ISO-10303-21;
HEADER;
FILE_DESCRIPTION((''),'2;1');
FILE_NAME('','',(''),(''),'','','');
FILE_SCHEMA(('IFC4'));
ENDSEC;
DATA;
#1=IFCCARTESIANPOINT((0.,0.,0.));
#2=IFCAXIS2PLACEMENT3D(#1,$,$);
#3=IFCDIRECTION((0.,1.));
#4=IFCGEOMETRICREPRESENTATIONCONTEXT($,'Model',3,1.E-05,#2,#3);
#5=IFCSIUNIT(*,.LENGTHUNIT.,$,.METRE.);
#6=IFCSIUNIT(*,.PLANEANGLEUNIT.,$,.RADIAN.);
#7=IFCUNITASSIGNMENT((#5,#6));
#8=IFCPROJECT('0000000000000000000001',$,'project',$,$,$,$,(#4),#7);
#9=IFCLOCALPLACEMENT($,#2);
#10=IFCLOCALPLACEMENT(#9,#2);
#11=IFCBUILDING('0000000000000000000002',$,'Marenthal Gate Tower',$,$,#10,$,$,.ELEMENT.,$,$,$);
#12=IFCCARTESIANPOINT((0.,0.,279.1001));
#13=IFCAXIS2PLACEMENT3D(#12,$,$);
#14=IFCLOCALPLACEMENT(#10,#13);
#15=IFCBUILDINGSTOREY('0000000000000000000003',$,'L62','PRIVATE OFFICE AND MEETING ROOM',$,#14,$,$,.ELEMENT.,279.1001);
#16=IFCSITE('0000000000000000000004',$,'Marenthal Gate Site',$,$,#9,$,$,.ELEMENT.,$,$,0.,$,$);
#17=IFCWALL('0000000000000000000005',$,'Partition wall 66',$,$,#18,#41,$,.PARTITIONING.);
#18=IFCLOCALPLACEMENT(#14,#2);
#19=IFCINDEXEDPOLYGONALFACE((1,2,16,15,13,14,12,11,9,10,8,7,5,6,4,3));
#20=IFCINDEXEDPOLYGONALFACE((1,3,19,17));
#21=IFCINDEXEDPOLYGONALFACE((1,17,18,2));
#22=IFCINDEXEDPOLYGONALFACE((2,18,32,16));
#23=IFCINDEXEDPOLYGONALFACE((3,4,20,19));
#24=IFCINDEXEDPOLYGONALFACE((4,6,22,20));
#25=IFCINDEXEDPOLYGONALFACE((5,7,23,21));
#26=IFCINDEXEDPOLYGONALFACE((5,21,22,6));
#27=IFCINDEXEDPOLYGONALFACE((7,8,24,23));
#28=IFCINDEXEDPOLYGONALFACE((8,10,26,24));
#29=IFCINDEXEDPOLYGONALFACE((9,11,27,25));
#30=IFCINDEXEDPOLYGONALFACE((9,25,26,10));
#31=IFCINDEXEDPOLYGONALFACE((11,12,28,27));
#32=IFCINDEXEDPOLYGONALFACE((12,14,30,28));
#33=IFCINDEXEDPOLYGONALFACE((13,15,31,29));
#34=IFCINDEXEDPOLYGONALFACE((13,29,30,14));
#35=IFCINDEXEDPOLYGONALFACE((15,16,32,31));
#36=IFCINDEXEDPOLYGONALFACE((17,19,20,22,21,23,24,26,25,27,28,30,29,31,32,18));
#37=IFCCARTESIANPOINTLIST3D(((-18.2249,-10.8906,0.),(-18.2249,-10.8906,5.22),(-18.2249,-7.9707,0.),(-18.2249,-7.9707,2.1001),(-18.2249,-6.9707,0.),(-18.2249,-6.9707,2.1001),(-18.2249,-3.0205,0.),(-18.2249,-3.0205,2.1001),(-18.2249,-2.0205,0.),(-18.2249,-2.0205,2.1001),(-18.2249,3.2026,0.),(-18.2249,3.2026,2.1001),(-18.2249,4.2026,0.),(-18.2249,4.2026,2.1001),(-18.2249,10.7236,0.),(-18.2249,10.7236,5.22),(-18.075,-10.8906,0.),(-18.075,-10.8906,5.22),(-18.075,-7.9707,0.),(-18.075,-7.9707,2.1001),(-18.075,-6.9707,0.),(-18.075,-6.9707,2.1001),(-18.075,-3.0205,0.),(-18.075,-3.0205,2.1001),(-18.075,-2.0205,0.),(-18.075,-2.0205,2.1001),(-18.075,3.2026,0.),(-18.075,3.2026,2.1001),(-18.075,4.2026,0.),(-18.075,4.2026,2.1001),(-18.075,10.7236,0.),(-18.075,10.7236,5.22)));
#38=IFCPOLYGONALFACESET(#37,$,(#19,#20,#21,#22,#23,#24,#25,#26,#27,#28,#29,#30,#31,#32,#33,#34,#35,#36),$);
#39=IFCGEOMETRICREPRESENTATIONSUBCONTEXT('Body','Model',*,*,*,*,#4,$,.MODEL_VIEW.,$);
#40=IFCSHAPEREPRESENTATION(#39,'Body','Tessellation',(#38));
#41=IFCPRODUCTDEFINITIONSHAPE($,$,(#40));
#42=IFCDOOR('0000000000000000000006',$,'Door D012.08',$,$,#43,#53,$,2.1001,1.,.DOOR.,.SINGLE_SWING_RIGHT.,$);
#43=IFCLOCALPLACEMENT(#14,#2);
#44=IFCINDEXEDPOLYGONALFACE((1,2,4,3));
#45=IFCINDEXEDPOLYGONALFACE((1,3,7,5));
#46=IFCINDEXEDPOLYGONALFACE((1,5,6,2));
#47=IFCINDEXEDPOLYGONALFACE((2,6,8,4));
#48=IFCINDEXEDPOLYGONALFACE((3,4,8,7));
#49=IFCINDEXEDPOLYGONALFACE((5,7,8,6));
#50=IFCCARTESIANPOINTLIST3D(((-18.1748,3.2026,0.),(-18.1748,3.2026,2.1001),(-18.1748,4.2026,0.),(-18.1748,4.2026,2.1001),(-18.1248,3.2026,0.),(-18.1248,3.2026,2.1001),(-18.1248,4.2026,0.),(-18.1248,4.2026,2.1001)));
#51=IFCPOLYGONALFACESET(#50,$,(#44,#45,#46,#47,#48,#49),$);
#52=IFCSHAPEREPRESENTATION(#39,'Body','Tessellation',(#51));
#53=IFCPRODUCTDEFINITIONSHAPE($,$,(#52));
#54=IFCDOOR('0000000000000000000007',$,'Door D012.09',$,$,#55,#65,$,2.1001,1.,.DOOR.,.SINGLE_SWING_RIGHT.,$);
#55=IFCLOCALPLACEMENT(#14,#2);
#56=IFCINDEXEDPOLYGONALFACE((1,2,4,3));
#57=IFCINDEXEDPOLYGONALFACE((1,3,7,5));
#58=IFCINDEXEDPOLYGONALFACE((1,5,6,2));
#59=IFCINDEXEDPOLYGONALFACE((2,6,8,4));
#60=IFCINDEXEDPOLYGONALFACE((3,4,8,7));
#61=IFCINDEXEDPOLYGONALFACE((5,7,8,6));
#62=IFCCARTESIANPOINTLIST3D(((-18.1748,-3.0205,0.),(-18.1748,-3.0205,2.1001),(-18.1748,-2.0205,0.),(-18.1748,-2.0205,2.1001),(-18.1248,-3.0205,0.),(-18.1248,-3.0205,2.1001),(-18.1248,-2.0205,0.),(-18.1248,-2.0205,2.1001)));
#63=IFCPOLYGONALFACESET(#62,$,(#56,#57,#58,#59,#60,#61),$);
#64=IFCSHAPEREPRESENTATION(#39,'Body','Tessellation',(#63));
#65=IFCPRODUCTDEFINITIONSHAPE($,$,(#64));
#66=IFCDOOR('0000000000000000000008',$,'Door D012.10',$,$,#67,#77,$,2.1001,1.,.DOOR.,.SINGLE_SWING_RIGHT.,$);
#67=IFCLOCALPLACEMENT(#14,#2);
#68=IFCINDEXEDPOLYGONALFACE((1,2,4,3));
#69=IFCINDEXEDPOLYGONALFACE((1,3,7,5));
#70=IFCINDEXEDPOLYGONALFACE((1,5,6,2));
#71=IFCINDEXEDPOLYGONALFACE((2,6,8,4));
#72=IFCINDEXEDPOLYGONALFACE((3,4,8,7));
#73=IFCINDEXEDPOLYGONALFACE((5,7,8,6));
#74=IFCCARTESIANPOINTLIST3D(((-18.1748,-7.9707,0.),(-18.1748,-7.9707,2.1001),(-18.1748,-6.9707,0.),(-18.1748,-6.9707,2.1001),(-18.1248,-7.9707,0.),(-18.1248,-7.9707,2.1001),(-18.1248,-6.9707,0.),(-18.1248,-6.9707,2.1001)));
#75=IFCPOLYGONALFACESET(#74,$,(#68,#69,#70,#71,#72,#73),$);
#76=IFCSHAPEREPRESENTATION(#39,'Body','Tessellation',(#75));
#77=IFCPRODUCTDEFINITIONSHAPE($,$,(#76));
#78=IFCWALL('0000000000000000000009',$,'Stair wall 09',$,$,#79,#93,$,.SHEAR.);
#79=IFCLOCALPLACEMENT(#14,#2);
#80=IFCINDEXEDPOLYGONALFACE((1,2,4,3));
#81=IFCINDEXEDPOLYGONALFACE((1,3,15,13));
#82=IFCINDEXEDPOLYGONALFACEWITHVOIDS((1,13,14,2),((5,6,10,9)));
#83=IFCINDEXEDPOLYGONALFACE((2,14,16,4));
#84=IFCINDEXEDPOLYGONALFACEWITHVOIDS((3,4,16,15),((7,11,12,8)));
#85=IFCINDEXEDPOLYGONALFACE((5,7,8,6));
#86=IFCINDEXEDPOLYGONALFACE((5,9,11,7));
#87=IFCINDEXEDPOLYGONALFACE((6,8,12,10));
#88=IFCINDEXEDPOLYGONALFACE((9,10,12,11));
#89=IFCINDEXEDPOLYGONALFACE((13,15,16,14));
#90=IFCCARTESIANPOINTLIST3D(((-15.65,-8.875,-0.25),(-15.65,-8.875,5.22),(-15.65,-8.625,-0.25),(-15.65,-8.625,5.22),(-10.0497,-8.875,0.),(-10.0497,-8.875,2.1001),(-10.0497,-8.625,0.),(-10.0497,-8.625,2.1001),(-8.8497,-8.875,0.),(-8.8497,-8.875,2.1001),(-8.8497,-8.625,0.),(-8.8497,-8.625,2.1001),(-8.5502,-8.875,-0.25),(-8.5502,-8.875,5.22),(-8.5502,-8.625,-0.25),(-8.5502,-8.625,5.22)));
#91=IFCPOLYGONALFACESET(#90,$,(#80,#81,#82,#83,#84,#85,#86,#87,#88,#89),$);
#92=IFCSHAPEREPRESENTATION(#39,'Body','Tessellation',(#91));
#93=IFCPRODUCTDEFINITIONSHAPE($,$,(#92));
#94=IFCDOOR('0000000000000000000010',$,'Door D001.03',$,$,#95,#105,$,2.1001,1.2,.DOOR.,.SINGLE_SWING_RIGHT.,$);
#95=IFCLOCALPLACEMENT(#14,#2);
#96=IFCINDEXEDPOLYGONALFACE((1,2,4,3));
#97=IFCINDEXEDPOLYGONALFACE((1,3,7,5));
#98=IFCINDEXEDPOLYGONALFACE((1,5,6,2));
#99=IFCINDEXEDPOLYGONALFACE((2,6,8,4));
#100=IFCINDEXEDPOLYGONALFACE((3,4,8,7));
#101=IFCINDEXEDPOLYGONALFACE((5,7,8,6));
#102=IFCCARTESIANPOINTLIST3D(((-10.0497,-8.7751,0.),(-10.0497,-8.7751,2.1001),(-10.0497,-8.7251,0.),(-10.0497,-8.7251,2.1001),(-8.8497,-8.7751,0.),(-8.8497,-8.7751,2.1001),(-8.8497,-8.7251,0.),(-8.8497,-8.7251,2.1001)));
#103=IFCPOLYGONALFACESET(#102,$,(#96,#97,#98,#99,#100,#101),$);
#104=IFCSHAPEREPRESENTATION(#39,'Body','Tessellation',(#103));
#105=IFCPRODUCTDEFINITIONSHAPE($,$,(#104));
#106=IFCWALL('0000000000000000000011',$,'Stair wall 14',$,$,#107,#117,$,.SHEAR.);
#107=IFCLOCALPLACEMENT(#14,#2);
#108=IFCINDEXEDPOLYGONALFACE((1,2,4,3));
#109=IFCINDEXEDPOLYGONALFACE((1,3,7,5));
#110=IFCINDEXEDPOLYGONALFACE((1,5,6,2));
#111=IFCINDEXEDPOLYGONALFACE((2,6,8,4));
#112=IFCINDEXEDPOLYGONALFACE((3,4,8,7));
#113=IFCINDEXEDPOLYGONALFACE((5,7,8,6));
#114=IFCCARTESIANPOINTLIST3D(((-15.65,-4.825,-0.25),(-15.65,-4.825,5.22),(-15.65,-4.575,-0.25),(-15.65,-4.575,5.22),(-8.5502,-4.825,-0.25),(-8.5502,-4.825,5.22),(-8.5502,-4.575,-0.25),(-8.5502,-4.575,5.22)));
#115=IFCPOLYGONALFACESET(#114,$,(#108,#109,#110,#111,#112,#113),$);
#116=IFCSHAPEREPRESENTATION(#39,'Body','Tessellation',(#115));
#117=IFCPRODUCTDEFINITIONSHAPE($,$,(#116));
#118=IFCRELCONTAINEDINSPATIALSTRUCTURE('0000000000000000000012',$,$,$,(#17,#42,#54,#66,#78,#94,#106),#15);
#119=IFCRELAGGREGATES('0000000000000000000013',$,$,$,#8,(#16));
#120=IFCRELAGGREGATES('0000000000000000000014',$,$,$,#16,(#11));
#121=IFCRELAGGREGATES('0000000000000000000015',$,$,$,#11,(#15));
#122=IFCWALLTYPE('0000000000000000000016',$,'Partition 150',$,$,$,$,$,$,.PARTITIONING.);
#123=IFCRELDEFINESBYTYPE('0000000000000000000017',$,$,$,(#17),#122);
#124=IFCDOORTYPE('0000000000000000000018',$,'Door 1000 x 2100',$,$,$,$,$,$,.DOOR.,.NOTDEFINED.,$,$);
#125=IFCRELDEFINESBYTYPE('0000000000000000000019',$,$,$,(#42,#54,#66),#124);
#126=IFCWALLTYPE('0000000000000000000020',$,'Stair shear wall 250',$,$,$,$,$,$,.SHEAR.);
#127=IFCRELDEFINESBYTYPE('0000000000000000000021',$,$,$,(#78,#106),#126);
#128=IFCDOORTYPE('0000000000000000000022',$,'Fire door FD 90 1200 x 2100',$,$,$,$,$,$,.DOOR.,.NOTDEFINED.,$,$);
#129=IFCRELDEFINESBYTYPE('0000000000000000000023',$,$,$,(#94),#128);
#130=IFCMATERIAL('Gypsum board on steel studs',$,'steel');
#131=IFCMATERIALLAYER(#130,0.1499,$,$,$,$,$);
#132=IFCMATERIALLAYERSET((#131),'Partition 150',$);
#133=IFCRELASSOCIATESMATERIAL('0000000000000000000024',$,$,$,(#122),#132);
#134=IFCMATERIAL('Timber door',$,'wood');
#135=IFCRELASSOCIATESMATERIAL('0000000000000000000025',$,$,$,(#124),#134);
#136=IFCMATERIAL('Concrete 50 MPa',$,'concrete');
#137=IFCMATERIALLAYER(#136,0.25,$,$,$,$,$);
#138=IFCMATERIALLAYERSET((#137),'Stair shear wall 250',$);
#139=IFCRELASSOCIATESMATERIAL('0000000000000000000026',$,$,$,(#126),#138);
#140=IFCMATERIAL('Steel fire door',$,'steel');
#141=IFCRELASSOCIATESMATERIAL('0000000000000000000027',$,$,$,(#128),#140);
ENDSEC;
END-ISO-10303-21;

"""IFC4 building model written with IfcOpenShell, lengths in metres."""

from ifc_helpers import new_model, si_unit, direction, frame, frame_2d, origin, place, context, subcontext, project, spatial, rectangle, extrude, material, layer, layer_set, type_object, element, fill, save


model = new_model("IFC4")

# Units and contexts
model_context = context("Model", 3, precision=1e-05, world=origin(), true_north=direction((0.0, 1.0)))
body_context = subcontext(model_context, "Body", "Model", "MODEL_VIEW")
ifc_project = project(units=[si_unit("LENGTHUNIT", "METRE"), si_unit("PLANEANGLEUNIT", "RADIAN")], contexts=[model_context])

# Site, building, storey
site_placement = place(None, origin())
site = spatial("IfcSite", under=ifc_project, at=site_placement, Name="Marenthal Gate Site", CompositionType="ELEMENT", RefElevation=0.0)
building_placement = place(site_placement, origin())
building = spatial("IfcBuilding", under=site, at=building_placement, Name="Marenthal Gate Tower", CompositionType="ELEMENT")
storey_placement = place(building_placement, frame((0.0, 0.0, 279.1001)))
storey = spatial("IfcBuildingStorey", under=building, at=storey_placement, Name="L62", Description="PRIVATE OFFICE AND MEETING ROOM", CompositionType="ELEMENT", Elevation=279.1001)

# Shared definitions
ifc_material_1 = material(Name="Gypsum board on steel studs", Category="steel")
ifc_layer_1 = layer(ifc_material_1, 0.1499)
ifc_layer_set_1 = layer_set([ifc_layer_1], Name="Partition 150")
wall_type_1 = type_object("IfcWallType", Name="Partition 150", PredefinedType="PARTITIONING", material=ifc_layer_set_1)

# Wall, openings, doors
wall_1_placement = place(storey_placement, frame((-18.1499, -10.8906, 0.0), z_axis=(0.0, 0.0, 1.0), x_axis=(0.0, 1.0, 0.0)))
wall_1 = element("IfcWall", 1, at=wall_1_placement, inside=storey, type_object=wall_type_1, Name="Partition wall 66", PredefinedType="PARTITIONING", context=body_context, shape_type="SweptSolid", body=[
    extrude(rectangle(XDim=21.6143, YDim=0.1499, at=frame_2d((10.8071, 0.0))), origin(), (0.0, 0.0, 1.0), 5.22),
])
opening_1_placement = place(wall_1_placement, frame((14.0933, 0.0, 0.0)))
opening_1 = element("IfcOpeningElement", 2, at=opening_1_placement, cuts=wall_1, PredefinedType="OPENING", context=body_context, shape_type="SweptSolid", body=[
    extrude(rectangle(XDim=1.0, YDim=2.1001, at=frame_2d((0.5, 1.05))), frame((0.0, 0.085, 0.0), z_axis=(0.0, -1.0, 0.0), x_axis=(1.0, 0.0, 0.0)), (0.0, 0.0, 1.0), 0.1699),
])
opening_2_placement = place(wall_1_placement, frame((7.8701, 0.0, 0.0)))
opening_2 = element("IfcOpeningElement", 3, at=opening_2_placement, cuts=wall_1, PredefinedType="OPENING", context=body_context, shape_type="SweptSolid", body=[
    extrude(rectangle(XDim=1.0, YDim=2.1001, at=frame_2d((0.5, 1.05))), frame((0.0, 0.085, 0.0), z_axis=(0.0, -1.0, 0.0), x_axis=(1.0, 0.0, 0.0)), (0.0, 0.0, 1.0), 0.1699),
])
opening_3_placement = place(wall_1_placement, frame((2.9199, 0.0, 0.0)))
opening_3 = element("IfcOpeningElement", 4, at=opening_3_placement, cuts=wall_1, PredefinedType="OPENING", context=body_context, shape_type="SweptSolid", body=[
    extrude(rectangle(XDim=1.0, YDim=2.1001, at=frame_2d((0.5, 1.05))), frame((0.0, 0.085, 0.0), z_axis=(0.0, -1.0, 0.0), x_axis=(1.0, 0.0, 0.0)), (0.0, 0.0, 1.0), 0.1699),
])
ifc_material_2 = material(Name="Timber door", Category="wood")
door_type_1 = type_object("IfcDoorType", Name="Door 1000 x 2100", OperationType="NOTDEFINED", PredefinedType="DOOR", material=ifc_material_2)
door_1_placement = place(opening_1_placement, origin())
door_1 = element("IfcDoor", 5, at=door_1_placement, inside=storey, type_object=door_type_1, Name="Door D012.08", OperationType="SINGLE_SWING_RIGHT", OverallHeight=2.1001, OverallWidth=1.0, PredefinedType="DOOR", context=body_context, shape_type="SweptSolid", body=[
    extrude(rectangle(XDim=1.0, YDim=2.1001, at=frame_2d((0.5, 1.05))), frame((0.0, 0.0249, 0.0), z_axis=(0.0, -1.0, 0.0), x_axis=(1.0, 0.0, 0.0)), (0.0, 0.0, 1.0), 0.05),
])
fill(opening_1, door_1)
door_2_placement = place(opening_2_placement, origin())
door_2 = element("IfcDoor", 6, at=door_2_placement, inside=storey, type_object=door_type_1, Name="Door D012.09", OperationType="SINGLE_SWING_RIGHT", OverallHeight=2.1001, OverallWidth=1.0, PredefinedType="DOOR", context=body_context, shape_type="SweptSolid", body=[
    extrude(rectangle(XDim=1.0, YDim=2.1001, at=frame_2d((0.5, 1.05))), frame((0.0, 0.0249, 0.0), z_axis=(0.0, -1.0, 0.0), x_axis=(1.0, 0.0, 0.0)), (0.0, 0.0, 1.0), 0.05),
])
fill(opening_2, door_2)
door_3_placement = place(opening_3_placement, origin())
door_3 = element("IfcDoor", 7, at=door_3_placement, inside=storey, type_object=door_type_1, Name="Door D012.10", OperationType="SINGLE_SWING_RIGHT", OverallHeight=2.1001, OverallWidth=1.0, PredefinedType="DOOR", context=body_context, shape_type="SweptSolid", body=[
    extrude(rectangle(XDim=1.0, YDim=2.1001, at=frame_2d((0.5, 1.05))), frame((0.0, 0.0249, 0.0), z_axis=(0.0, -1.0, 0.0), x_axis=(1.0, 0.0, 0.0)), (0.0, 0.0, 1.0), 0.05),
])
fill(opening_3, door_3)

# Wall, opening, door
ifc_material_3 = material(Name="Concrete 50 MPa", Category="concrete")
ifc_layer_2 = layer(ifc_material_3, 0.25)
ifc_layer_set_2 = layer_set([ifc_layer_2], Name="Stair shear wall 250")
wall_type_2 = type_object("IfcWallType", Name="Stair shear wall 250", PredefinedType="SHEAR", material=ifc_layer_set_2)
wall_2_placement = place(storey_placement, frame((-15.6499, -8.75, -0.25), z_axis=(0.0, 0.0, 1.0), x_axis=(1.0, 0.0, 0.0)))
wall_2 = element("IfcWall", 8, at=wall_2_placement, inside=storey, type_object=wall_type_2, Name="Stair wall 09", PredefinedType="SHEAR", context=body_context, shape_type="SweptSolid", body=[
    extrude(rectangle(XDim=7.0999, YDim=0.25, at=frame_2d((3.5498, 0.0))), origin(), (0.0, 0.0, 1.0), 5.47),
])
opening_4_placement = place(wall_2_placement, frame((5.6001, 0.0, 0.25)))
opening_4 = element("IfcOpeningElement", 9, at=opening_4_placement, cuts=wall_2, PredefinedType="OPENING", context=body_context, shape_type="SweptSolid", body=[
    extrude(rectangle(XDim=1.2, YDim=2.1001, at=frame_2d((0.6001, 1.05))), frame((0.0, 0.135, 0.0), z_axis=(0.0, -1.0, 0.0), x_axis=(1.0, 0.0, 0.0)), (0.0, 0.0, 1.0), 0.27),
])
ifc_material_4 = material(Name="Steel fire door", Category="steel")
door_type_2 = type_object("IfcDoorType", Name="Fire door FD 90 1200 x 2100", OperationType="NOTDEFINED", PredefinedType="DOOR", material=ifc_material_4)
door_4_placement = place(opening_4_placement, origin())
door_4 = element("IfcDoor", 10, at=door_4_placement, inside=storey, type_object=door_type_2, Name="Door D001.03", OperationType="SINGLE_SWING_RIGHT", OverallHeight=2.1001, OverallWidth=1.2, PredefinedType="DOOR", context=body_context, shape_type="SweptSolid", body=[
    extrude(rectangle(XDim=1.2, YDim=2.1001, at=frame_2d((0.6001, 1.05))), frame((0.0, 0.0249, 0.0), z_axis=(0.0, -1.0, 0.0), x_axis=(1.0, 0.0, 0.0)), (0.0, 0.0, 1.0), 0.05),
])
fill(opening_4, door_4)

# Wall
wall_3_placement = place(storey_placement, frame((-15.6499, -4.7, -0.25), z_axis=(0.0, 0.0, 1.0), x_axis=(1.0, 0.0, 0.0)))
element("IfcWall", 11, at=wall_3_placement, inside=storey, type_object=wall_type_2, Name="Stair wall 14", PredefinedType="SHEAR", context=body_context, shape_type="SweptSolid", body=[
    extrude(rectangle(XDim=7.0999, YDim=0.25, at=frame_2d((3.5498, 0.0))), origin(), (0.0, 0.0, 1.0), 5.47),
])

save(model, "model.ifc")
